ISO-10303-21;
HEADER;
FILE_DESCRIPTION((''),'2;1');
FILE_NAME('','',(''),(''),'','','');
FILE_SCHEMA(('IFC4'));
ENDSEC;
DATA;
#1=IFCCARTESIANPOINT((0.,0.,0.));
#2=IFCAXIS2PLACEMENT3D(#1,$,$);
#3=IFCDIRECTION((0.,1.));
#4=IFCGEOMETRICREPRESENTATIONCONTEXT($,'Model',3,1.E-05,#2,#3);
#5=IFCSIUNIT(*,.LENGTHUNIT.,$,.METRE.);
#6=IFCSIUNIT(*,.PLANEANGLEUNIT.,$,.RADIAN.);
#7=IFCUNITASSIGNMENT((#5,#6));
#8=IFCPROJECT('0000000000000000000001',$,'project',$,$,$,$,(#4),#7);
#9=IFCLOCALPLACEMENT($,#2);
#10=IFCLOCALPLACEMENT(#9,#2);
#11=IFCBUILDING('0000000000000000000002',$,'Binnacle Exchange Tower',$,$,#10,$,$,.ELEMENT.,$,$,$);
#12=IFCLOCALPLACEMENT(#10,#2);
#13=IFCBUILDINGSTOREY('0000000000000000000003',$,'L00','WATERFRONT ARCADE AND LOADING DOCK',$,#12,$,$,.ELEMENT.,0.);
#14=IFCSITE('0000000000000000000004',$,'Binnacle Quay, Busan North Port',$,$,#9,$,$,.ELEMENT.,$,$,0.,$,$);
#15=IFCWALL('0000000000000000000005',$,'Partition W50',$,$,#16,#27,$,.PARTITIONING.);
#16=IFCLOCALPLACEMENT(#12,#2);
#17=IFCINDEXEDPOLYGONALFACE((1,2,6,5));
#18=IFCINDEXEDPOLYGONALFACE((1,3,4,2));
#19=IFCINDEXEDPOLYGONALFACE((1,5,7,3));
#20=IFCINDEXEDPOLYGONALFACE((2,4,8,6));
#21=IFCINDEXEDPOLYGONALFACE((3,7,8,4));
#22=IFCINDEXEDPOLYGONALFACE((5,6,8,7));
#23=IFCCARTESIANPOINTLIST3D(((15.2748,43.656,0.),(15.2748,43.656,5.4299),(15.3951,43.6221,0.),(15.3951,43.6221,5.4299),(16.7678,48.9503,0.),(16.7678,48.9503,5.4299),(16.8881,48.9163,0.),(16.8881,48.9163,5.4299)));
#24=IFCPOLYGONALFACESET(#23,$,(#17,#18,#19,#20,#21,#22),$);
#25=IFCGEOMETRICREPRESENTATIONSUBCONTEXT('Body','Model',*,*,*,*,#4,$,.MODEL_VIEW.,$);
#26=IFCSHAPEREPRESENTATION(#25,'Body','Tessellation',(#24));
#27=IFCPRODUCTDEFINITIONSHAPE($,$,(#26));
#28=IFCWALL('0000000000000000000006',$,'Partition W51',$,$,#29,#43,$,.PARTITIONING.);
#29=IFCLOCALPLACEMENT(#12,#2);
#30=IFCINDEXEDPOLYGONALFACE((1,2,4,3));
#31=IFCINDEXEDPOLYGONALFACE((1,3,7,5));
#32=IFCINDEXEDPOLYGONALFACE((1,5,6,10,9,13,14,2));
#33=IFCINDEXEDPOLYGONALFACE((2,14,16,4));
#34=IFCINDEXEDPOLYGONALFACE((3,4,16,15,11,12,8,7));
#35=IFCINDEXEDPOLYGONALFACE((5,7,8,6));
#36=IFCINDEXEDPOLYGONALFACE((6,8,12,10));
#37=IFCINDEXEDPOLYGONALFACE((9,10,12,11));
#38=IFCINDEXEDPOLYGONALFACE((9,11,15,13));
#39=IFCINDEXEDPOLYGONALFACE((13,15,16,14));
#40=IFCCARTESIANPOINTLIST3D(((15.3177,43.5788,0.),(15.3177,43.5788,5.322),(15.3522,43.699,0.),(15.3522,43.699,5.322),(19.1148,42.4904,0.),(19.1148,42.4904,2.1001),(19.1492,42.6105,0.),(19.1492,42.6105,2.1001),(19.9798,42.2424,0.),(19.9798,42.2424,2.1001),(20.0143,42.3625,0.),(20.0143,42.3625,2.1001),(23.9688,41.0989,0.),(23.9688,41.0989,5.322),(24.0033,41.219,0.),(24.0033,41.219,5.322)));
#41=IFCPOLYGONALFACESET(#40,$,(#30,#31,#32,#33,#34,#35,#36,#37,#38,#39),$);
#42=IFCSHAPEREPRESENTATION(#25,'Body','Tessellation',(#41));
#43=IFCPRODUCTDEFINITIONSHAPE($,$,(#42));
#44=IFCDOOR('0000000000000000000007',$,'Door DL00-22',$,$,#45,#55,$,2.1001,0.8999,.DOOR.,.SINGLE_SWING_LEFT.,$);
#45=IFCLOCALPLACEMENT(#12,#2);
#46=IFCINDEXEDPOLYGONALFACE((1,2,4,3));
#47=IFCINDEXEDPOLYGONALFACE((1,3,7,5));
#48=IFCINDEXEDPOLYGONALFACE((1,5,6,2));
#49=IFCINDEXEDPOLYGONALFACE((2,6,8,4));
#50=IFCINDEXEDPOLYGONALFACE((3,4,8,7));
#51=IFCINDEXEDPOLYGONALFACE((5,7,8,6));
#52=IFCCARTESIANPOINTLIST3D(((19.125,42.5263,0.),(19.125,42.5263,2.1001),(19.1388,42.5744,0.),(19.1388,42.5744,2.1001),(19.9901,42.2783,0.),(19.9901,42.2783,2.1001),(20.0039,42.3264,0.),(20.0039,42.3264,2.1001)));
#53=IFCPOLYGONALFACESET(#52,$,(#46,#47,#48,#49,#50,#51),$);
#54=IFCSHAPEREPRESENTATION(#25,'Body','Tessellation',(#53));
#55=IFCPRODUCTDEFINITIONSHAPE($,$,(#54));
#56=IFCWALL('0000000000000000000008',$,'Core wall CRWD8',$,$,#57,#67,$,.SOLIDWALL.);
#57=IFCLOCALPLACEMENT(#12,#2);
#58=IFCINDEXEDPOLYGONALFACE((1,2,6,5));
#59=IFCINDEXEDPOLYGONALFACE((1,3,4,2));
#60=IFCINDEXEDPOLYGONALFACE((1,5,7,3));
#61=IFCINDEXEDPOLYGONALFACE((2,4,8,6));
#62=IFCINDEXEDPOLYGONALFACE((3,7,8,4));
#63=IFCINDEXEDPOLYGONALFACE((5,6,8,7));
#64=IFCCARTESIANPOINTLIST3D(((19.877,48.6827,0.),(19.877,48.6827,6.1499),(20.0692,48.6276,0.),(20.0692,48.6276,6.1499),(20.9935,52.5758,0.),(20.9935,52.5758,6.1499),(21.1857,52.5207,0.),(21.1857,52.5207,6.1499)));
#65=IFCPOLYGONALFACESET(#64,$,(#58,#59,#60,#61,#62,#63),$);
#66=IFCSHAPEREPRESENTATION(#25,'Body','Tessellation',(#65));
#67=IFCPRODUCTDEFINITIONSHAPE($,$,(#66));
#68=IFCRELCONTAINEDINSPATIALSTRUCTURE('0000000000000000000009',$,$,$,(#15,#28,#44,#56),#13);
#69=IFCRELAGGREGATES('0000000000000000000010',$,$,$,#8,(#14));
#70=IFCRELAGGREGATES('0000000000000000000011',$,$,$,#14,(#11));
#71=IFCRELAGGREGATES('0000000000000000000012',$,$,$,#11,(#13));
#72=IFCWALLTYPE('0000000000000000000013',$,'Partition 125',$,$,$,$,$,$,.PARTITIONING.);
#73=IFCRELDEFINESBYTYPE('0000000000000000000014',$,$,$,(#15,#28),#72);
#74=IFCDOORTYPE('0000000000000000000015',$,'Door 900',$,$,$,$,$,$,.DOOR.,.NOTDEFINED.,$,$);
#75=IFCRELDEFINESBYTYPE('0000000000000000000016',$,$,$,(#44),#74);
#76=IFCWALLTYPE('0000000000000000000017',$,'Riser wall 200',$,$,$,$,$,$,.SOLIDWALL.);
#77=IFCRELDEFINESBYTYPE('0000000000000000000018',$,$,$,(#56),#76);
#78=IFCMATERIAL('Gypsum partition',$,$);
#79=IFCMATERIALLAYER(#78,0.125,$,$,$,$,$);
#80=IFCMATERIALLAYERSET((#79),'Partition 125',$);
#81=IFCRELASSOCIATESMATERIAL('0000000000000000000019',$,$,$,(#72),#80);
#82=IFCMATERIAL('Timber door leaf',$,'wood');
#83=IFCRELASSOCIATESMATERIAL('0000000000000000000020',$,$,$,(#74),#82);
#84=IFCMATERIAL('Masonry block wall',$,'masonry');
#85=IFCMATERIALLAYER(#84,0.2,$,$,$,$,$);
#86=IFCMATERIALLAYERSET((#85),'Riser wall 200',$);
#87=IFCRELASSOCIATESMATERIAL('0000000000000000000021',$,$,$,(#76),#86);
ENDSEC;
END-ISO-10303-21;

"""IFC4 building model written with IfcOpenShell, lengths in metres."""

from ifc_helpers import new_model, si_unit, direction, frame, frame_2d, origin, place, context, subcontext, project, spatial, rectangle, extrude, material, layer, layer_set, type_object, element, fill, save


model = new_model("IFC4")

# Units and contexts
model_context = context("Model", 3, precision=1e-05, world=origin(), true_north=direction((0.0, 1.0)))
body_context = subcontext(model_context, "Body", "Model", "MODEL_VIEW")
ifc_project = project(units=[si_unit("LENGTHUNIT", "METRE"), si_unit("PLANEANGLEUNIT", "RADIAN")], contexts=[model_context])

# Site, building, storey
site_placement = place(None, origin())
site = spatial("IfcSite", under=ifc_project, at=site_placement, Name="Binnacle Quay, Busan North Port", CompositionType="ELEMENT", RefElevation=0.0)
building_placement = place(site_placement, origin())
building = spatial("IfcBuilding", under=site, at=building_placement, Name="Binnacle Exchange Tower", CompositionType="ELEMENT")
storey_placement = place(building_placement, origin())
storey = spatial("IfcBuildingStorey", under=building, at=storey_placement, Name="L00", Description="WATERFRONT ARCADE AND LOADING DOCK", CompositionType="ELEMENT", Elevation=0.0)

# Shared definitions
ifc_material_1 = material(Name="Gypsum partition")
ifc_layer_1 = layer(ifc_material_1, 0.125)
ifc_layer_set_1 = layer_set([ifc_layer_1], Name="Partition 125")
wall_type_1 = type_object("IfcWallType", Name="Partition 125", PredefinedType="PARTITIONING", material=ifc_layer_set_1)

# Shared definitions
ifc_material_2 = material(Name="Timber door leaf", Category="wood")
door_type_1 = type_object("IfcDoorType", Name="Door 900", OperationType="NOTDEFINED", PredefinedType="DOOR", material=ifc_material_2)

# Wall
wall_1_placement = place(storey_placement, frame((15.335, 43.6389, 0.0), z_axis=(0.0, 0.0, 1.0), x_axis=(0.271407, 0.962465, 0.0)))
element("IfcWall", 1, at=wall_1_placement, inside=storey, type_object=wall_type_1, Name="Partition W50", PredefinedType="PARTITIONING", context=body_context, shape_type="SweptSolid", body=[
    extrude(rectangle(XDim=5.5007, YDim=0.125, at=frame_2d((2.7505, 0.0))), origin(), (0.0, 0.0, 1.0), 5.4299),
])

# Wall, opening, door
wall_2_placement = place(storey_placement, frame((15.335, 43.6389, 0.0), z_axis=(0.0, 0.0, 1.0), x_axis=(0.961282, -0.275567, 0.0)))
wall_2 = element("IfcWall", 2, at=wall_2_placement, inside=storey, type_object=wall_type_1, Name="Partition W51", PredefinedType="PARTITIONING", context=body_context, shape_type="SweptSolid", body=[
    extrude(rectangle(XDim=8.9995, YDim=0.125, at=frame_2d((4.4998, 0.0))), origin(), (0.0, 0.0, 1.0), 5.322),
])
opening_1_placement = place(wall_2_placement, frame((3.95, 0.0, 0.0)))
opening_1 = element("IfcOpeningElement", 3, at=opening_1_placement, cuts=wall_2, PredefinedType="OPENING", context=body_context, shape_type="SweptSolid", body=[
    extrude(rectangle(XDim=0.8999, YDim=2.1001, at=frame_2d((0.45, 1.05))), frame((0.0, 0.0725, 0.0), z_axis=(0.0, -1.0, 0.0), x_axis=(1.0, 0.0, 0.0)), (0.0, 0.0, 1.0), 0.145),
])
door_1_placement = place(opening_1_placement, origin())
door_1 = element("IfcDoor", 4, at=door_1_placement, inside=storey, type_object=door_type_1, Name="Door DL00-22", OperationType="SINGLE_SWING_LEFT", OverallHeight=2.1001, OverallWidth=0.8999, PredefinedType="DOOR", context=body_context, shape_type="SweptSolid", body=[
    extrude(rectangle(XDim=0.8999, YDim=2.1001, at=frame_2d((0.45, 1.05))), frame((0.0, 0.0249, 0.0), z_axis=(0.0, -1.0, 0.0), x_axis=(1.0, 0.0, 0.0)), (0.0, 0.0, 1.0), 0.05),
])
fill(opening_1, door_1)

# Wall
ifc_material_3 = material(Name="Masonry block wall", Category="masonry")
ifc_layer_2 = layer(ifc_material_3, 0.2)
ifc_layer_set_2 = layer_set([ifc_layer_2], Name="Riser wall 200")
wall_type_2 = type_object("IfcWallType", Name="Riser wall 200", PredefinedType="SOLIDWALL", material=ifc_layer_set_2)
wall_3_placement = place(storey_placement, frame((19.9731, 48.6553, 0.0), z_axis=(0.0, 0.0, 1.0), x_axis=(0.275668, 0.961253, 0.0)))
element("IfcWall", 5, at=wall_3_placement, inside=storey, type_object=wall_type_2, Name="Core wall CRWD8", PredefinedType="SOLIDWALL", context=body_context, shape_type="SweptSolid", body=[
    extrude(rectangle(XDim=4.05, YDim=0.2, at=frame_2d((2.0249, 0.0))), origin(), (0.0, 0.0, 1.0), 6.1499),
])

save(model, "model.ifc")
